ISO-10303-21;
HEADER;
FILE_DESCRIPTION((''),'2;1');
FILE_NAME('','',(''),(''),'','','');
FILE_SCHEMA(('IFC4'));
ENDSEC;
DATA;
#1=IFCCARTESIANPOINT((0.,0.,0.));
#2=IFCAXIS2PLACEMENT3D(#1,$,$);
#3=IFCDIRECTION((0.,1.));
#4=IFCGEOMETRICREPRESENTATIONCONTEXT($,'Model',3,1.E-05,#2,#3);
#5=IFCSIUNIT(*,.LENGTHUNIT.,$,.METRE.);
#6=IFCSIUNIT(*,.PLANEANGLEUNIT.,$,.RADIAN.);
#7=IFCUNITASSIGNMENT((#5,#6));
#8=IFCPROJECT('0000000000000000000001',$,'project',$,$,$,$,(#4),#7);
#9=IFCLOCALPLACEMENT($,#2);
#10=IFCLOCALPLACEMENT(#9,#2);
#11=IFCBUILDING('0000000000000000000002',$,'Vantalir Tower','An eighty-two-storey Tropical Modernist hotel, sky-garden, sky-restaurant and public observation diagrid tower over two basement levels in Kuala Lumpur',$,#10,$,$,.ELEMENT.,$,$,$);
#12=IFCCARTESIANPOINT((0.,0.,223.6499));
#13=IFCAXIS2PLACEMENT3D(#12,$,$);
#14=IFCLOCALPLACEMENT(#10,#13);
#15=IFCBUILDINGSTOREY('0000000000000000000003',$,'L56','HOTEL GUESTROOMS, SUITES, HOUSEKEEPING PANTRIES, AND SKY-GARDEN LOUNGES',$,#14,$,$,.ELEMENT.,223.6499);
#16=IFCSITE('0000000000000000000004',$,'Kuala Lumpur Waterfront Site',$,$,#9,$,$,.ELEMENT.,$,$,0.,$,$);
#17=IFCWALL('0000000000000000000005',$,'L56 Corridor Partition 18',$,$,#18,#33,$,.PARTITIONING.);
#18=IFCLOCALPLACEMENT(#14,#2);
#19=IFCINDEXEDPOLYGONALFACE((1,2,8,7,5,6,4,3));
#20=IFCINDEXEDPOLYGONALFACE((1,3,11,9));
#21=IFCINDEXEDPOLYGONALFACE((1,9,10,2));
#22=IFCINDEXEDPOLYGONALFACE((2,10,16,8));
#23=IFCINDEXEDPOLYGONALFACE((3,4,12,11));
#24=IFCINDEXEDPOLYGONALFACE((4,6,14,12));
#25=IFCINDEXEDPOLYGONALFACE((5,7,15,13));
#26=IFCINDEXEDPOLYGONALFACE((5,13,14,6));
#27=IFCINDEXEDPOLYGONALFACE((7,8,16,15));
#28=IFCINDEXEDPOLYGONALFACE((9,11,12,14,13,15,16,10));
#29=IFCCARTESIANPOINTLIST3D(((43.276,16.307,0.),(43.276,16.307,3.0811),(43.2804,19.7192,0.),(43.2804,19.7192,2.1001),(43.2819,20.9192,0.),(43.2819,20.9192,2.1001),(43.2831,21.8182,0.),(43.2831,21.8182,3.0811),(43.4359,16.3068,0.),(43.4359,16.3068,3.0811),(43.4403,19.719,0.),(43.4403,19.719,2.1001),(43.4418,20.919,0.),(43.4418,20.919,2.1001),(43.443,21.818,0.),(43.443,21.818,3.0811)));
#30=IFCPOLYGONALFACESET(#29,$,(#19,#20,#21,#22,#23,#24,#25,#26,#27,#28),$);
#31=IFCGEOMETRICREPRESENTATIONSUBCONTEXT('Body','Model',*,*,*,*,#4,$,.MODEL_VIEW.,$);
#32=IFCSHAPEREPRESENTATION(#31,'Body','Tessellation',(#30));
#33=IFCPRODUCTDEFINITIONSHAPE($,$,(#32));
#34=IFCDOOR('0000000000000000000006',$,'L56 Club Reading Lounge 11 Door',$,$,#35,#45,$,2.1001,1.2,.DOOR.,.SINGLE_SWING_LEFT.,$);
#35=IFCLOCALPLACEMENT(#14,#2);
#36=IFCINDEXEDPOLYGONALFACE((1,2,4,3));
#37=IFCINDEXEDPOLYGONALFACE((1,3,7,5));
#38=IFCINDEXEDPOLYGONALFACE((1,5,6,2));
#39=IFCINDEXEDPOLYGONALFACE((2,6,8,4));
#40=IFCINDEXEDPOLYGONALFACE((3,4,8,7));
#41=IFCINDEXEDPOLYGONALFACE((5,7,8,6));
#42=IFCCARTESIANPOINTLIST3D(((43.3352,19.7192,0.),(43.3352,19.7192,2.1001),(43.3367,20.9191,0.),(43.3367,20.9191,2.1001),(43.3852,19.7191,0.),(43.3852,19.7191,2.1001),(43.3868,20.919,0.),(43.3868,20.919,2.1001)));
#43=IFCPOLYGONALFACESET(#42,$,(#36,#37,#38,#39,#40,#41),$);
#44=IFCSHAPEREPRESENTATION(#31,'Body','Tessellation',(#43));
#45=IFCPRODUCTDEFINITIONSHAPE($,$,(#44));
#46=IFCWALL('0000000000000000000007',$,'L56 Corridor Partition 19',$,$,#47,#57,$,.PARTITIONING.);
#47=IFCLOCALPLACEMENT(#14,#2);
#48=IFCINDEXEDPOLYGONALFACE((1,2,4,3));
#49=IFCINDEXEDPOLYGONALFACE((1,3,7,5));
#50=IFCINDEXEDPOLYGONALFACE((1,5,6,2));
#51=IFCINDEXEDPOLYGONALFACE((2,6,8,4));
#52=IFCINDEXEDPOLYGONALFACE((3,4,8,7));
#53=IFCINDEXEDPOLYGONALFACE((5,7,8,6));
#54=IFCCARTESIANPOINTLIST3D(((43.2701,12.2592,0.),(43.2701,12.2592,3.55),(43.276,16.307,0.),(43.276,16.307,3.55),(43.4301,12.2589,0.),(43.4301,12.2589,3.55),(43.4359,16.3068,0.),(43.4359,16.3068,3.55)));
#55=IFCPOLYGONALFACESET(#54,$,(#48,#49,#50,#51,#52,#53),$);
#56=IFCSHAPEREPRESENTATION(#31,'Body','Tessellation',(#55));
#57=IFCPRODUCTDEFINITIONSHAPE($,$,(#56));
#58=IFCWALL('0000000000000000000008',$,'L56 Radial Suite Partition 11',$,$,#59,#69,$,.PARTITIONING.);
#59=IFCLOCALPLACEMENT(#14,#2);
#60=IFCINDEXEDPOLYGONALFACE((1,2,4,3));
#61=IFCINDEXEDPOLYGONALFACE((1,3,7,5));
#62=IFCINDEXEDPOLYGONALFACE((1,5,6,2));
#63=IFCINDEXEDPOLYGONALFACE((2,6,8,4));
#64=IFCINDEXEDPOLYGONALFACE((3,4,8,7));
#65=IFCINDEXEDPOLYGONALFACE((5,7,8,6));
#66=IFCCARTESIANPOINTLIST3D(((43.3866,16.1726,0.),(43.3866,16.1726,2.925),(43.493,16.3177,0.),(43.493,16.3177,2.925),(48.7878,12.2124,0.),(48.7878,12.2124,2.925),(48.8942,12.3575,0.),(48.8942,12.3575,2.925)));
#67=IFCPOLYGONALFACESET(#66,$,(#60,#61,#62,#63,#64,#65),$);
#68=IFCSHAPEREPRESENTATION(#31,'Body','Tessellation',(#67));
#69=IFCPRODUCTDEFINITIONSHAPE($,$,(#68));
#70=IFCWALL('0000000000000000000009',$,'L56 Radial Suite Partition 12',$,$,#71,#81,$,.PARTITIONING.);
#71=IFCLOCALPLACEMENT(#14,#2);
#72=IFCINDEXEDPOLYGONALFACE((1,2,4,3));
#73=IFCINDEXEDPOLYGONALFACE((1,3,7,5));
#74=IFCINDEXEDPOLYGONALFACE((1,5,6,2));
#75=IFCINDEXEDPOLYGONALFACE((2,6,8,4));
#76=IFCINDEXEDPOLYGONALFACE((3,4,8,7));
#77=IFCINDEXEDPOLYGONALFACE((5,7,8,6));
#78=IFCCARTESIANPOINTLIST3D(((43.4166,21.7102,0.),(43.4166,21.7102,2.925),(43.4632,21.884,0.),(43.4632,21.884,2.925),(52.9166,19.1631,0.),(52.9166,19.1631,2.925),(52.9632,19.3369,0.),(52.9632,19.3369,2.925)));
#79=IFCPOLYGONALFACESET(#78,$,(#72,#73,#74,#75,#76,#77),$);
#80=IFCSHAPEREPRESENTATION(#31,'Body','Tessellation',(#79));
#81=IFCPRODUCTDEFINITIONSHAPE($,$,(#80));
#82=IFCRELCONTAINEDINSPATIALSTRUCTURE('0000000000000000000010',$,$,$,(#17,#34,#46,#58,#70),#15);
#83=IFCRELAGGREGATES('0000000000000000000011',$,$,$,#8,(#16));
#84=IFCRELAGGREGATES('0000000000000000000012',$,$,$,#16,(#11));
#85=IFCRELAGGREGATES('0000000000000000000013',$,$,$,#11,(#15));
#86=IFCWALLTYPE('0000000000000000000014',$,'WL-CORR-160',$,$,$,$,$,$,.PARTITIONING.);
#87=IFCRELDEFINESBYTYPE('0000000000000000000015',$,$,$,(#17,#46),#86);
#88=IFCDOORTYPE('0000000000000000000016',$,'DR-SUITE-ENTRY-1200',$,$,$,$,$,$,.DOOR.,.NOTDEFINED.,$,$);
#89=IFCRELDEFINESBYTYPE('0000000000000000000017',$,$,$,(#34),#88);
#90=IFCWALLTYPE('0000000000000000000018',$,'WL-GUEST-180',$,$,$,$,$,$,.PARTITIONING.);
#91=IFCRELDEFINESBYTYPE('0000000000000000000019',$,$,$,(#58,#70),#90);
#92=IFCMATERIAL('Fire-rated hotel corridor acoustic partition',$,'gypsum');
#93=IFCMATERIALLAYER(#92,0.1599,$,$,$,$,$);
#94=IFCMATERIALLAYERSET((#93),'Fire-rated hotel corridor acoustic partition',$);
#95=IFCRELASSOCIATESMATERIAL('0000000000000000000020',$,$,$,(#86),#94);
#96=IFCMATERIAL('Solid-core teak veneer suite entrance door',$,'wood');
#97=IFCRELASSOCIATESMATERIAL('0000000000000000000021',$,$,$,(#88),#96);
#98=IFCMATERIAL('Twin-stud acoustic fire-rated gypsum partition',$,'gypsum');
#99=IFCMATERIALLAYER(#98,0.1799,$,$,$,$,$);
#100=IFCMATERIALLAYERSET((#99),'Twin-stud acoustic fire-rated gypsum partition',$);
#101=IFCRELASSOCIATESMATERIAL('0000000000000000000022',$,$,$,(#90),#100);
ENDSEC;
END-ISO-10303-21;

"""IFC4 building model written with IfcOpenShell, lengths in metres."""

from ifc_helpers import new_model, si_unit, direction, frame, frame_2d, origin, place, context, subcontext, project, spatial, rectangle, extrude, material, layer, layer_set, type_object, element, fill, save


model = new_model("IFC4")

# Units and contexts
model_context = context("Model", 3, precision=1e-05, world=origin(), true_north=direction((0.0, 1.0)))
body_context = subcontext(model_context, "Body", "Model", "MODEL_VIEW")
ifc_project = project(units=[si_unit("LENGTHUNIT", "METRE"), si_unit("PLANEANGLEUNIT", "RADIAN")], contexts=[model_context])

# Site, building, storey
site_placement = place(None, origin())
site = spatial("IfcSite", under=ifc_project, at=site_placement, Name="Kuala Lumpur Waterfront Site", CompositionType="ELEMENT", RefElevation=0.0)
building_placement = place(site_placement, origin())
building = spatial("IfcBuilding", under=site, at=building_placement, Name="Vantalir Tower", Description="An eighty-two-storey Tropical Modernist hotel, sky-garden, sky-restaurant and public observation diagrid tower over two basement levels in Kuala Lumpur", CompositionType="ELEMENT")
storey_placement = place(building_placement, frame((0.0, 0.0, 223.6499)))
storey = spatial("IfcBuildingStorey", under=building, at=storey_placement, Name="L56", Description="HOTEL GUESTROOMS, SUITES, HOUSEKEEPING PANTRIES, AND SKY-GARDEN LOUNGES", CompositionType="ELEMENT", Elevation=223.6499)

# Shared definitions
ifc_material_1 = material(Name="Fire-rated hotel corridor acoustic partition", Category="gypsum")
ifc_layer_1 = layer(ifc_material_1, 0.1599)
ifc_layer_set_1 = layer_set([ifc_layer_1], Name="Fire-rated hotel corridor acoustic partition")
wall_type_1 = type_object("IfcWallType", Name="WL-CORR-160", PredefinedType="PARTITIONING", material=ifc_layer_set_1)
ifc_material_2 = material(Name="Solid-core teak veneer suite entrance door", Category="wood")
door_type_1 = type_object("IfcDoorType", Name="DR-SUITE-ENTRY-1200", OperationType="NOTDEFINED", PredefinedType="DOOR", material=ifc_material_2)

# Wall, opening, door
wall_1_placement = place(storey_placement, frame((43.363, 21.8181, 0.0), z_axis=(0.0, 0.0, 1.0), x_axis=(-0.001285, -0.999999, 0.0)))
wall_1 = element("IfcWall", 1, at=wall_1_placement, inside=storey, type_object=wall_type_1, Name="L56 Corridor Partition 18", PredefinedType="PARTITIONING", context=body_context, shape_type="SweptSolid", body=[
    extrude(rectangle(XDim=5.5112, YDim=0.1599, at=frame_2d((2.7556, 0.0))), origin(), (0.0, 0.0, 1.0), 3.0811),
])
opening_1_placement = place(wall_1_placement, frame((0.8989, 0.0, 0.0)))
opening_1 = element("IfcOpeningElement", 2, at=opening_1_placement, cuts=wall_1, PredefinedType="OPENING", context=body_context, shape_type="SweptSolid", body=[
    extrude(rectangle(XDim=1.2, YDim=2.1001, at=frame_2d((0.6001, 1.05))), frame((0.0, 0.0898, 0.0), z_axis=(0.0, -1.0, 0.0), x_axis=(1.0, 0.0, 0.0)), (0.0, 0.0, 1.0), 0.1799),
])
door_1_placement = place(opening_1_placement, origin())
door_1 = element("IfcDoor", 3, at=door_1_placement, inside=storey, type_object=door_type_1, Name="L56 Club Reading Lounge 11 Door", OperationType="SINGLE_SWING_LEFT", OverallHeight=2.1001, OverallWidth=1.2, PredefinedType="DOOR", context=body_context, shape_type="SweptSolid", body=[
    extrude(rectangle(XDim=1.2, YDim=2.1001, at=frame_2d((0.6001, 1.05))), frame((0.0, 0.0249, 0.0), z_axis=(0.0, -1.0, 0.0), x_axis=(1.0, 0.0, 0.0)), (0.0, 0.0, 1.0), 0.05),
])
fill(opening_1, door_1)

# Walls
wall_2_placement = place(storey_placement, frame((43.356, 16.3069, 0.0), z_axis=(0.0, 0.0, 1.0), x_axis=(-0.001448, -0.999999, 0.0)))
element("IfcWall", 4, at=wall_2_placement, inside=storey, type_object=wall_type_1, Name="L56 Corridor Partition 19", PredefinedType="PARTITIONING", context=body_context, shape_type="SweptSolid", body=[
    extrude(rectangle(XDim=4.0479, YDim=0.1599, at=frame_2d((2.0239, 0.0))), origin(), (0.0, 0.0, 1.0), 3.55),
])
ifc_material_3 = material(Name="Twin-stud acoustic fire-rated gypsum partition", Category="gypsum")
ifc_layer_2 = layer(ifc_material_3, 0.1799)
ifc_layer_set_2 = layer_set([ifc_layer_2], Name="Twin-stud acoustic fire-rated gypsum partition")
wall_type_2 = type_object("IfcWallType", Name="WL-GUEST-180", PredefinedType="PARTITIONING", material=ifc_layer_set_2)
wall_3_placement = place(storey_placement, frame((43.4399, 16.2451, 0.0), z_axis=(0.0, 0.0, 1.0), x_axis=(0.806449, -0.591304, 0.0)))
element("IfcWall", 5, at=wall_3_placement, inside=storey, type_object=wall_type_2, Name="L56 Radial Suite Partition 11", PredefinedType="PARTITIONING", context=body_context, shape_type="SweptSolid", body=[
    extrude(rectangle(XDim=6.6975, YDim=0.1799, at=frame_2d((3.3486, 0.0))), origin(), (0.0, 0.0, 1.0), 2.925),
])
wall_4_placement = place(storey_placement, frame((43.4399, 21.7971, 0.0), z_axis=(0.0, 0.0, 1.0), x_axis=(0.965885, -0.258971, 0.0)))
element("IfcWall", 6, at=wall_4_placement, inside=storey, type_object=wall_type_2, Name="L56 Radial Suite Partition 12", PredefinedType="PARTITIONING", context=body_context, shape_type="SweptSolid", body=[
    extrude(rectangle(XDim=9.8354, YDim=0.1799, at=frame_2d((4.9177, 0.0))), origin(), (0.0, 0.0, 1.0), 2.925),
])

save(model, "model.ifc")
